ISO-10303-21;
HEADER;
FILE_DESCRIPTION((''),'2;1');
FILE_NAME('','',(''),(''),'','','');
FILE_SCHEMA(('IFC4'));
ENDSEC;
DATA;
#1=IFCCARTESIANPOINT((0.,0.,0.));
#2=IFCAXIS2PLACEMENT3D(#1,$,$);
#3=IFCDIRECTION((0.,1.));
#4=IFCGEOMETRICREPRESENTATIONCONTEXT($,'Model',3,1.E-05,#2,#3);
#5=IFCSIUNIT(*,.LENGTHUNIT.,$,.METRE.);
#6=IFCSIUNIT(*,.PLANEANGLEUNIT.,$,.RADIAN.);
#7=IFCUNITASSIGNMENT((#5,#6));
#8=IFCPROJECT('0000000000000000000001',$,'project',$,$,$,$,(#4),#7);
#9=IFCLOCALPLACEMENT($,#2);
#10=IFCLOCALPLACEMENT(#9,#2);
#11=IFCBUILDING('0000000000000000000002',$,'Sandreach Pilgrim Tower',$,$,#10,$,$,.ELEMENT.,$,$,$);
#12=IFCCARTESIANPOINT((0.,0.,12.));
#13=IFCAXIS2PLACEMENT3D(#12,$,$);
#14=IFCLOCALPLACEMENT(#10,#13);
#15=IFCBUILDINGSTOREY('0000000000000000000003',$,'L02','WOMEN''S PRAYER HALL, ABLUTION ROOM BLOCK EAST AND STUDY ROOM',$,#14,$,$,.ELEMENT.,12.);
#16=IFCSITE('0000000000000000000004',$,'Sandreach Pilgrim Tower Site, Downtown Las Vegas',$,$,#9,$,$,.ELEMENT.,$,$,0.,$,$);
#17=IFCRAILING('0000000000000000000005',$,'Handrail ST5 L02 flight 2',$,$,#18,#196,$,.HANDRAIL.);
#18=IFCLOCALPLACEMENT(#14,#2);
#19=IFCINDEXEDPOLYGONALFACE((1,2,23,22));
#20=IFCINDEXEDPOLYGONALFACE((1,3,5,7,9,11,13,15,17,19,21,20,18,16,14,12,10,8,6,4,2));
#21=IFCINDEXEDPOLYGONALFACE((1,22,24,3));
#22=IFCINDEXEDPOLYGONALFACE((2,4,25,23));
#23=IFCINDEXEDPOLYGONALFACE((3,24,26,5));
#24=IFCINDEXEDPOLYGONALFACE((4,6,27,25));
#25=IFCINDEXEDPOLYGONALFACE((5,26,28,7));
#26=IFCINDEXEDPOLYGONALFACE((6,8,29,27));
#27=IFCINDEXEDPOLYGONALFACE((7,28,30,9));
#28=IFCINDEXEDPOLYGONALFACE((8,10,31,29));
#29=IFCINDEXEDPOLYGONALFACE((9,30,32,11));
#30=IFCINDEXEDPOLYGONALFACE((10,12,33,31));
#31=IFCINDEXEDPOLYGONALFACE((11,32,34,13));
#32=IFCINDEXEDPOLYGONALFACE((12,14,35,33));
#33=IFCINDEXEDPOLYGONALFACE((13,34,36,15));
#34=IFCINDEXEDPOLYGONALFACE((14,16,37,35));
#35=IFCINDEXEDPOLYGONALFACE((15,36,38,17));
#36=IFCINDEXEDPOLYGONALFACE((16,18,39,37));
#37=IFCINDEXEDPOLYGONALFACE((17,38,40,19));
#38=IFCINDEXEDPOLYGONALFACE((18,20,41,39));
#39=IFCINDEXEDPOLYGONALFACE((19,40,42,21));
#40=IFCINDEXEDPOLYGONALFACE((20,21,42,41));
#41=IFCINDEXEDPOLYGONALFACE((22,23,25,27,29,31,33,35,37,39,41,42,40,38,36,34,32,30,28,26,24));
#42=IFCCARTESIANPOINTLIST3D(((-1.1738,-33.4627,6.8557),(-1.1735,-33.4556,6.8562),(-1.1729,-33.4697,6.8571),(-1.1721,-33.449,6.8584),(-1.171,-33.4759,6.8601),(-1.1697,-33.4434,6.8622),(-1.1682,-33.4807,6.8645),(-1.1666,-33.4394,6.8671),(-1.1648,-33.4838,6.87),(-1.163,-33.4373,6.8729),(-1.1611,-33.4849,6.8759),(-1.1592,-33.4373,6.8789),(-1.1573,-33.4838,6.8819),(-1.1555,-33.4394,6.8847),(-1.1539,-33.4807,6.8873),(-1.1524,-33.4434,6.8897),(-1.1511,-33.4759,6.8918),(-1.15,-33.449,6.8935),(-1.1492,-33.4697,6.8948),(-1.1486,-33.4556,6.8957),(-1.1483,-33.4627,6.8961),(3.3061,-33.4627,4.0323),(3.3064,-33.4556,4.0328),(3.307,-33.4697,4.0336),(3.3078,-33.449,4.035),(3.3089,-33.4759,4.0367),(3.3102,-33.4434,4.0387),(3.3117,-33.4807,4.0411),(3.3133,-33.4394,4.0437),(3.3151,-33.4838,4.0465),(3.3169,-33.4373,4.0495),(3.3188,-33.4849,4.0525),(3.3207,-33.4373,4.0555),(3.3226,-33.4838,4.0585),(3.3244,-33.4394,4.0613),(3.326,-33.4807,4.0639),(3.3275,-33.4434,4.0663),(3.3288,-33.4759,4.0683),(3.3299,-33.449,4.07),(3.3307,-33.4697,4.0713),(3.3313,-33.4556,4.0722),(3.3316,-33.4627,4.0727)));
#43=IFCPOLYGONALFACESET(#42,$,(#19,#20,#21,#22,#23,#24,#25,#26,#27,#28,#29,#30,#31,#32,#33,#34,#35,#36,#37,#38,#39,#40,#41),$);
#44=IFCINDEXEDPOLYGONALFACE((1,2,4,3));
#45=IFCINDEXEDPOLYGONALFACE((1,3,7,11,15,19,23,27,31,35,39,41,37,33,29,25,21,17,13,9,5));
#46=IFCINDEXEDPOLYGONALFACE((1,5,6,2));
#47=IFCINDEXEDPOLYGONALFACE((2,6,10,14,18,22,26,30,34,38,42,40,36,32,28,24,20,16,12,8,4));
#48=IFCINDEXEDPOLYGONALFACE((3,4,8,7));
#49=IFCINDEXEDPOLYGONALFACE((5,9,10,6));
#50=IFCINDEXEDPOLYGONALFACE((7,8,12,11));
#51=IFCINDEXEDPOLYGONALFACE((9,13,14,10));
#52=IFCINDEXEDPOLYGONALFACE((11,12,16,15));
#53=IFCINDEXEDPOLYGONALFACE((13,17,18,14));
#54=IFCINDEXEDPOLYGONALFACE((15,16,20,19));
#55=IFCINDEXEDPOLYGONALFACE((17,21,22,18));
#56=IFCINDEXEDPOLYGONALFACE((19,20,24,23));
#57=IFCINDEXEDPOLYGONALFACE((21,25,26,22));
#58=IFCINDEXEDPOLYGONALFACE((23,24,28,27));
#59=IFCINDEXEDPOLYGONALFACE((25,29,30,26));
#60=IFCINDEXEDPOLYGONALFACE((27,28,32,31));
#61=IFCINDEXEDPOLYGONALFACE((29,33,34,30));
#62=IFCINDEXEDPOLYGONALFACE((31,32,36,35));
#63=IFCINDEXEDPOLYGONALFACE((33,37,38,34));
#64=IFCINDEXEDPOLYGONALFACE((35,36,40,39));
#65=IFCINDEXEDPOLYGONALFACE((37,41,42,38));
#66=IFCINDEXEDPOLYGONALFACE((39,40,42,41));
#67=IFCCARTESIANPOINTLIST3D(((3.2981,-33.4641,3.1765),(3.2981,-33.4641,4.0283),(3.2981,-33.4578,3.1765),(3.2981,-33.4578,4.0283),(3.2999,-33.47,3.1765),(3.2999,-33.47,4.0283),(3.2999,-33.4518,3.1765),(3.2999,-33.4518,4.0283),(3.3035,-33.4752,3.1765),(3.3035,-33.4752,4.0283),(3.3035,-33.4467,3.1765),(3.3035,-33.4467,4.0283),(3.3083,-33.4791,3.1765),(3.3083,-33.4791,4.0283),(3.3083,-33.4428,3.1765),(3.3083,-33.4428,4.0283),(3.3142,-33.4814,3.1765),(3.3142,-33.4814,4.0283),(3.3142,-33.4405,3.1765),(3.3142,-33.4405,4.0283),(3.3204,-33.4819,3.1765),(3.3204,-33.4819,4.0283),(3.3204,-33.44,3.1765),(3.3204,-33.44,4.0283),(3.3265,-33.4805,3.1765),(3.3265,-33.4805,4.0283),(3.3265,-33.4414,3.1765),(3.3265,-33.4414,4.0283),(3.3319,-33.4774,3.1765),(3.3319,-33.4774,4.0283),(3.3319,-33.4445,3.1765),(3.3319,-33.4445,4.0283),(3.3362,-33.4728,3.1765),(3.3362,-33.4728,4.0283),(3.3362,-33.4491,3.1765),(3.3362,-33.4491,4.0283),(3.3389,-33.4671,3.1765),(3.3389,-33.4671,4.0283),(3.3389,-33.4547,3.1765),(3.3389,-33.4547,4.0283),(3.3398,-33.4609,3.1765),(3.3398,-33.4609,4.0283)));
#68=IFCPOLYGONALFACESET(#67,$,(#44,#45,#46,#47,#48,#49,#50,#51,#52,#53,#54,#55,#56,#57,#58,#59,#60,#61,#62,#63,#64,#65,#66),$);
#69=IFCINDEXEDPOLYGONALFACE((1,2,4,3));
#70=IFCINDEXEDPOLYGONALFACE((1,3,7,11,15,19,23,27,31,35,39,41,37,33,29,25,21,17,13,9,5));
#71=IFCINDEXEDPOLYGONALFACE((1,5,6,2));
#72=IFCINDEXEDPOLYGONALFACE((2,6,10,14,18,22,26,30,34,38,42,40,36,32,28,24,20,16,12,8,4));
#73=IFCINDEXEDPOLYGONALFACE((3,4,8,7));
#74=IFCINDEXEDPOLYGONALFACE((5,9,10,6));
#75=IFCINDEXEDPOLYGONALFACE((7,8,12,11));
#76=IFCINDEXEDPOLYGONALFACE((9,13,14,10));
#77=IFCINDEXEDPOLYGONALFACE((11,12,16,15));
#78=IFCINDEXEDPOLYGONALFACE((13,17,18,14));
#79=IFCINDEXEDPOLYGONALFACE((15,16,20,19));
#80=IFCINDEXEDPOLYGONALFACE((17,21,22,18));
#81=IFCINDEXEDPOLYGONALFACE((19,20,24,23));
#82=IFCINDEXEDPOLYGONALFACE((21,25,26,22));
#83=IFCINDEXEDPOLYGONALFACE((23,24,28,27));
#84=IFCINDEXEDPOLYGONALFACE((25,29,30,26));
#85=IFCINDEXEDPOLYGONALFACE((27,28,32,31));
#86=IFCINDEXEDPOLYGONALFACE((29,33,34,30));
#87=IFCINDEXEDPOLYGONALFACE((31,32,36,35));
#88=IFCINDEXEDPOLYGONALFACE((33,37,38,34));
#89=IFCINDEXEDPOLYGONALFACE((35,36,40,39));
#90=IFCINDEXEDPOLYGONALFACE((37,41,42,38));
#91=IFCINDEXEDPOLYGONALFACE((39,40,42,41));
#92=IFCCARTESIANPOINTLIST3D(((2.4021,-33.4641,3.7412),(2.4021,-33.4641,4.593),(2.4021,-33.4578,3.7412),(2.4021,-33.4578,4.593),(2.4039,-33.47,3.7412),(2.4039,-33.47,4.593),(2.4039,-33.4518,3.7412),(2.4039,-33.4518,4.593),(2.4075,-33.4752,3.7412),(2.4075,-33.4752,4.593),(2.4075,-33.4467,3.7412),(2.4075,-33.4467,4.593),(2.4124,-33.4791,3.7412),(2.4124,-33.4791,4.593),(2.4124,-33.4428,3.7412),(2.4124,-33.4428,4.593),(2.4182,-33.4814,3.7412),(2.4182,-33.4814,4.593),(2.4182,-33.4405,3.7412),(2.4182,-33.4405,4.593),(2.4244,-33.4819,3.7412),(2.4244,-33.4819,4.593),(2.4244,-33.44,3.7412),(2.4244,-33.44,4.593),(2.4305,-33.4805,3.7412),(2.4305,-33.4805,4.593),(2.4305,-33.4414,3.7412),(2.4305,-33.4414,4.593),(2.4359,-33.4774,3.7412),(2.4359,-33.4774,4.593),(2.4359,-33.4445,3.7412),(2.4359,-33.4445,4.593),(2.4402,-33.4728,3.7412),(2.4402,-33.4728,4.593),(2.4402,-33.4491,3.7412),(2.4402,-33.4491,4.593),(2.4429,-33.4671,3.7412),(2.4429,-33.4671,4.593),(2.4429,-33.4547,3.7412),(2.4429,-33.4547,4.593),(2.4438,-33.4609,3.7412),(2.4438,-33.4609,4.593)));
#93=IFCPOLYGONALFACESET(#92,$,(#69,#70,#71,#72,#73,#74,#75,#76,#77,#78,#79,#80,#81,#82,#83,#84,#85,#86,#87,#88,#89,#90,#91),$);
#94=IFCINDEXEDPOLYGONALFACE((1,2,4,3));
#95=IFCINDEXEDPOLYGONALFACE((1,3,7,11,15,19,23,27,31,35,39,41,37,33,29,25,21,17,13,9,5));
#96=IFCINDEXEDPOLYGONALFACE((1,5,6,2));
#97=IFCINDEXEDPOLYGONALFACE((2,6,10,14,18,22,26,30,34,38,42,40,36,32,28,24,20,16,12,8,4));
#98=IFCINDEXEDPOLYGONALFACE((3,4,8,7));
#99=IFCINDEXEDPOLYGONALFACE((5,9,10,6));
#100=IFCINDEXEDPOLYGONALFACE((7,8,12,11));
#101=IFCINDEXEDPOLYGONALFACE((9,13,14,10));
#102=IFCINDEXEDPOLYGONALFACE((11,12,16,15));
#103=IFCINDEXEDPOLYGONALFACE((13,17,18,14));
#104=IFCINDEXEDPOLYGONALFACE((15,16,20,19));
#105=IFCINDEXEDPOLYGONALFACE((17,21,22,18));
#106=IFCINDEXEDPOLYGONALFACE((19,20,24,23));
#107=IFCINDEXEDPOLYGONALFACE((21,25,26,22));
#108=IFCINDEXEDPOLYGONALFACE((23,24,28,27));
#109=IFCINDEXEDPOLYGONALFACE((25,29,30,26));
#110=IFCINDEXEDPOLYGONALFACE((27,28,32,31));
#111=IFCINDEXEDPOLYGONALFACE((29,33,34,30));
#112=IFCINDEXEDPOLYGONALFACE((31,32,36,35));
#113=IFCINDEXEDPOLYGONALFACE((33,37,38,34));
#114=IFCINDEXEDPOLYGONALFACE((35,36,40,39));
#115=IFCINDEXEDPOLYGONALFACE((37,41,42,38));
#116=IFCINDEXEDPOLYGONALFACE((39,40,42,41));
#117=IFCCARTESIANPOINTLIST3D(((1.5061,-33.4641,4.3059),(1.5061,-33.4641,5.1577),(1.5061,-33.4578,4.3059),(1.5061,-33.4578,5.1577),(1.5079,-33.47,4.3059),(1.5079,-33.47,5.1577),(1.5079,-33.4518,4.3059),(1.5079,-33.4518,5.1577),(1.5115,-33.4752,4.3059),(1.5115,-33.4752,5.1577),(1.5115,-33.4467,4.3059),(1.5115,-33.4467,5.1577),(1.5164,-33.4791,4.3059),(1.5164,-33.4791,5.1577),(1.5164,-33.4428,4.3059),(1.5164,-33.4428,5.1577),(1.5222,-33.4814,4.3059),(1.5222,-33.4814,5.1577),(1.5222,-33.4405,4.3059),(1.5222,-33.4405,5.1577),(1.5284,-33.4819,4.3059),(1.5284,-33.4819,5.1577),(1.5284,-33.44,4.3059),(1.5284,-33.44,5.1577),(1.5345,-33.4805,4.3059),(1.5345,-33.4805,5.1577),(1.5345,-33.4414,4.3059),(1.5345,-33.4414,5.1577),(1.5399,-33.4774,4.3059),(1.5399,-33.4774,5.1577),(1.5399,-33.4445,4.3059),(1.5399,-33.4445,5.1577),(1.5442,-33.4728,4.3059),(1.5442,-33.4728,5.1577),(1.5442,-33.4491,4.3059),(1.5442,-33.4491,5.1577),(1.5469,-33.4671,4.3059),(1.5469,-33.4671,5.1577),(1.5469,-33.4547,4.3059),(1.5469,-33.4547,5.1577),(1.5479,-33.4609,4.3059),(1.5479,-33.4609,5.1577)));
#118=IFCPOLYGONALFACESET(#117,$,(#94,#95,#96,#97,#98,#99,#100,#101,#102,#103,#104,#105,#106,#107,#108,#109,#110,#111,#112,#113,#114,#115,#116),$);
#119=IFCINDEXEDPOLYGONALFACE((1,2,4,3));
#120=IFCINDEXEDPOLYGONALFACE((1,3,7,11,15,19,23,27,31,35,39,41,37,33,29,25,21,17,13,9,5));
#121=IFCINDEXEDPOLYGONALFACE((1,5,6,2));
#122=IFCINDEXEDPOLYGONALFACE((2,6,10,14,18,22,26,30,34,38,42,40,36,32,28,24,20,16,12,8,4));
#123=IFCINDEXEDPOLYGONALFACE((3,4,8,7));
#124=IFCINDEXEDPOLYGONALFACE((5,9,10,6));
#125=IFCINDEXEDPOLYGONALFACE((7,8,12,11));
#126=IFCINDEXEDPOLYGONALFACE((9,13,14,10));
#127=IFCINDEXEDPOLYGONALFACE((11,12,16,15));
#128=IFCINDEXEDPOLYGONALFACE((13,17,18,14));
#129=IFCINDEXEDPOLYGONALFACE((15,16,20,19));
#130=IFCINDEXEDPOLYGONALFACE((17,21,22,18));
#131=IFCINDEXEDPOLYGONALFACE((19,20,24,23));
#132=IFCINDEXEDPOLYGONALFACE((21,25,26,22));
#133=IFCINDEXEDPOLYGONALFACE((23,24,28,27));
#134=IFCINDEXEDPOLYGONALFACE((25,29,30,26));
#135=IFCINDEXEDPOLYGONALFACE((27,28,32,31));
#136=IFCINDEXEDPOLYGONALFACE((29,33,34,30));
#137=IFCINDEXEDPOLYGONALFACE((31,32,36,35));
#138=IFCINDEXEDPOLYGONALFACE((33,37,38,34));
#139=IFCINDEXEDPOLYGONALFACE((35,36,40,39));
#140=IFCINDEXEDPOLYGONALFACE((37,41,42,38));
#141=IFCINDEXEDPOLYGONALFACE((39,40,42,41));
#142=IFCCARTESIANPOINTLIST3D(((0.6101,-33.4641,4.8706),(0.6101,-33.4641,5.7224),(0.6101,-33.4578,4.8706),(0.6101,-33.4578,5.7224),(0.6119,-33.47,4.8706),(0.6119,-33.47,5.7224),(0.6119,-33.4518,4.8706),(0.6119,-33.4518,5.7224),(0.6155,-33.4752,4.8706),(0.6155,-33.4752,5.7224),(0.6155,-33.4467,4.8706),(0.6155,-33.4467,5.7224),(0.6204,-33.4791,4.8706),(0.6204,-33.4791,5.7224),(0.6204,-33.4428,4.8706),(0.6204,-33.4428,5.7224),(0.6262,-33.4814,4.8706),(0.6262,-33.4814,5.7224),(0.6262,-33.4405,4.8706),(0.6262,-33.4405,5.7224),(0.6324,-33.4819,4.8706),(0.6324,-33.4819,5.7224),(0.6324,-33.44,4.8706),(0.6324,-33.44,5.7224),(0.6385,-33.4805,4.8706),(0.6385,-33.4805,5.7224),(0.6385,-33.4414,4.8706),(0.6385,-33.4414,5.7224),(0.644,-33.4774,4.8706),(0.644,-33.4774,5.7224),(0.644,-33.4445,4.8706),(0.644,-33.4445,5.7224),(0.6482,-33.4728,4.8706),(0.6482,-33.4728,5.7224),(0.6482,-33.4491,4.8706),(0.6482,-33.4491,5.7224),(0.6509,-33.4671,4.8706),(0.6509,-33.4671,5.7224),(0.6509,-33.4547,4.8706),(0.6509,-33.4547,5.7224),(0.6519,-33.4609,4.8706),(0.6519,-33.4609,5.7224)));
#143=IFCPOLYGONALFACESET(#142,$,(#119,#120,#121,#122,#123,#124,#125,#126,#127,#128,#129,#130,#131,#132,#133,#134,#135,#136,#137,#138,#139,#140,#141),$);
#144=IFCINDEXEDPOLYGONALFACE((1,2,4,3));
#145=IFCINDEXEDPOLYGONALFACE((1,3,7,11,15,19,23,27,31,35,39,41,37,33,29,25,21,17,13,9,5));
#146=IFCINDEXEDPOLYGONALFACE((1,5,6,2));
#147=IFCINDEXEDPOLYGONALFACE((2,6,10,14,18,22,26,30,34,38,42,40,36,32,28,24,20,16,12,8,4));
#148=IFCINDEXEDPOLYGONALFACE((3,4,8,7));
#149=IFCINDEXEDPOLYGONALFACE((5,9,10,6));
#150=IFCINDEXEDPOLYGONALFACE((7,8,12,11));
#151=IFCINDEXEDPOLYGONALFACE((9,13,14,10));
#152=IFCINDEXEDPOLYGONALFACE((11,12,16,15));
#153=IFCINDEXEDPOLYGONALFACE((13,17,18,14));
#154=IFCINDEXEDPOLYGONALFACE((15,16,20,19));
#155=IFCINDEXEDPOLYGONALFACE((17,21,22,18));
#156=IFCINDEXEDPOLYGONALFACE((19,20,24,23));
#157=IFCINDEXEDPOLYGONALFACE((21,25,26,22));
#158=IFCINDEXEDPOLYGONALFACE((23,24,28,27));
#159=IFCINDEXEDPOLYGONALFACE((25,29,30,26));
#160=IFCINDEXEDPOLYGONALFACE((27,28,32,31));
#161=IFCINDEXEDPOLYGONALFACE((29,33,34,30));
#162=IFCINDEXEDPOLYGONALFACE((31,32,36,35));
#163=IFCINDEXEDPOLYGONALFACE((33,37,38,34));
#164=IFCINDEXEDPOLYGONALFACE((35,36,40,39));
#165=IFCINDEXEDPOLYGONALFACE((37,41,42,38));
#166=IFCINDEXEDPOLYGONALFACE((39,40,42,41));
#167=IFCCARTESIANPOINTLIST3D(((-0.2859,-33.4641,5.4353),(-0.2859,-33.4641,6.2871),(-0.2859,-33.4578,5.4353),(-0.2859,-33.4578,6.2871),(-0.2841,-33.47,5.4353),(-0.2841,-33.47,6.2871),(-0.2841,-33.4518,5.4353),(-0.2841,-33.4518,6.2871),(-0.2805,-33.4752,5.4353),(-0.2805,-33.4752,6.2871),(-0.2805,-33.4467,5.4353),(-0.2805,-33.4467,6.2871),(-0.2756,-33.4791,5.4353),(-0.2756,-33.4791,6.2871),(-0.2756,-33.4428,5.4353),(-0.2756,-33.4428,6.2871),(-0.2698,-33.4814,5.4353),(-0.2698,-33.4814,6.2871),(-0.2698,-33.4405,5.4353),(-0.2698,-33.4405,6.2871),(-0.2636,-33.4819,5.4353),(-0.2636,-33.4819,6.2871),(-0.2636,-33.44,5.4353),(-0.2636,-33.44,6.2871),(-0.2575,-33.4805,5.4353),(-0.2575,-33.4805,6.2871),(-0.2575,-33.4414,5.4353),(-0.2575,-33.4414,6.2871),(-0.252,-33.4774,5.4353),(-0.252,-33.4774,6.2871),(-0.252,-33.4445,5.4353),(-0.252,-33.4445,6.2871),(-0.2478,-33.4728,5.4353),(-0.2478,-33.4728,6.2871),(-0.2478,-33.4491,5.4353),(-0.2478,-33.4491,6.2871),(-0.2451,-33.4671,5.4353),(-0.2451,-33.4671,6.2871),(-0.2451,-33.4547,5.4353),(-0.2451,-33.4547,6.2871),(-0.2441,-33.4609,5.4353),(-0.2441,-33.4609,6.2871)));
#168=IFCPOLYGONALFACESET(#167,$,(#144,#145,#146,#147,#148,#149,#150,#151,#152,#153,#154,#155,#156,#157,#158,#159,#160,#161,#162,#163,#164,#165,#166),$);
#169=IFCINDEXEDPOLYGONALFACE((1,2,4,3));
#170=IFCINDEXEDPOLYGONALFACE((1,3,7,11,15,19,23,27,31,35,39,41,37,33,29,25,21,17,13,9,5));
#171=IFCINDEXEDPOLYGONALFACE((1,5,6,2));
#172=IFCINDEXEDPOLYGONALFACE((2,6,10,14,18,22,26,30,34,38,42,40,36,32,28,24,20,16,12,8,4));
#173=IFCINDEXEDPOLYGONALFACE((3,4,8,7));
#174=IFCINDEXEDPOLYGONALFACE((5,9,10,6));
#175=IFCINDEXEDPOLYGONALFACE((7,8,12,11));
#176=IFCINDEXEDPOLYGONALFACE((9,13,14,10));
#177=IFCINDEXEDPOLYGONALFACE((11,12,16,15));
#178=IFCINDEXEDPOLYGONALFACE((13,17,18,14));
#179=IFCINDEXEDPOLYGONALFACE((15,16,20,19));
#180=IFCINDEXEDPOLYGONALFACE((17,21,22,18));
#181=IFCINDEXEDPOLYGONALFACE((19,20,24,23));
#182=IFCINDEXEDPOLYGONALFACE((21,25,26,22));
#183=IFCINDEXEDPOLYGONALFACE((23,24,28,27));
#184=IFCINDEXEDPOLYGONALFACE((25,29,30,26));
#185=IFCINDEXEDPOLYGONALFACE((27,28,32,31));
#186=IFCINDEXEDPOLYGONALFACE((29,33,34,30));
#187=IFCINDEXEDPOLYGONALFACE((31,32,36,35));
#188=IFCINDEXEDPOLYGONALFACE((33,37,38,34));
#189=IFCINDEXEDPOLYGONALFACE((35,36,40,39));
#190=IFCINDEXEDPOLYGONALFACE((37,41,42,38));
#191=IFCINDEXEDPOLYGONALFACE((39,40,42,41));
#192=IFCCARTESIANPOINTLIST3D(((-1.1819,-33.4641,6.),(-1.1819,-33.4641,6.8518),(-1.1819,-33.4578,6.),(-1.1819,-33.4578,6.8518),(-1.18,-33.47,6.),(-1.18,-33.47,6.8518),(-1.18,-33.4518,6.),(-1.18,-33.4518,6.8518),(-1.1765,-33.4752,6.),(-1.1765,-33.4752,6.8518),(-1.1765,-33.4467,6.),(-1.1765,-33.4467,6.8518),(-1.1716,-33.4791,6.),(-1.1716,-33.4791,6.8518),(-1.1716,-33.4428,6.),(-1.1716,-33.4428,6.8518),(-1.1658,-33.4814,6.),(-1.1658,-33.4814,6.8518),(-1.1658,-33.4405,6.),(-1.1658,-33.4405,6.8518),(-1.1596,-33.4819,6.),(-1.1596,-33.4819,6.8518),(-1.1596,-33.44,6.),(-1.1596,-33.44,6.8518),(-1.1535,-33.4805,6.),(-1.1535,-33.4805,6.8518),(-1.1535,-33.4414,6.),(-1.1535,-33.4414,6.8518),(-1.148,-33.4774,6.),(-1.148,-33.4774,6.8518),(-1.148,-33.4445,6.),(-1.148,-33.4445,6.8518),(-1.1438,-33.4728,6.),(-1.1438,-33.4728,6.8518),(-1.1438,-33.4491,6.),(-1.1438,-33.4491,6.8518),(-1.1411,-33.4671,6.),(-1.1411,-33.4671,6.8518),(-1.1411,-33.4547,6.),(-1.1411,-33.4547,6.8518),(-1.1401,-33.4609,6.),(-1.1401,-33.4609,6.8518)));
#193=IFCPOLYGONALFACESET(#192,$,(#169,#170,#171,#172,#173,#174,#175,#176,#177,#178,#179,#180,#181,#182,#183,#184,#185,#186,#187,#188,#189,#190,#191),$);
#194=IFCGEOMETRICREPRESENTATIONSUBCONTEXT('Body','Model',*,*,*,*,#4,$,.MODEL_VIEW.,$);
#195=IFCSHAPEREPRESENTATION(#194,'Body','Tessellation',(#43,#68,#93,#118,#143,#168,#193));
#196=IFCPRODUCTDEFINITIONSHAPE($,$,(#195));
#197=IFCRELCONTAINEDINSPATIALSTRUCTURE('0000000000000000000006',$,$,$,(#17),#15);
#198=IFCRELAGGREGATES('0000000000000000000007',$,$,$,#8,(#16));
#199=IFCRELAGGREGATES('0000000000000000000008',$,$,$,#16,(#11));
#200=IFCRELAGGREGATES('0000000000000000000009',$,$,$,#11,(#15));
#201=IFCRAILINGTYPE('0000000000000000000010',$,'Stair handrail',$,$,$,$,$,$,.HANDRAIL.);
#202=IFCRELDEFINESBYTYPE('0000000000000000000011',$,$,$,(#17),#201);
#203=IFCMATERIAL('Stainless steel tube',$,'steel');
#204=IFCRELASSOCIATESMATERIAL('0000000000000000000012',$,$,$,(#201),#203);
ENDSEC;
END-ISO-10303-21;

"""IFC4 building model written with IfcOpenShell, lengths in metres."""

from ifc_helpers import new_model, si_unit, direction, frame, origin, origin_2d, place, context, subcontext, project, spatial, circle, extrude, material, type_object, element, save


model = new_model("IFC4")

# Units and contexts
model_context = context("Model", 3, precision=1e-05, world=origin(), true_north=direction((0.0, 1.0)))
body_context = subcontext(model_context, "Body", "Model", "MODEL_VIEW")
ifc_project = project(units=[si_unit("LENGTHUNIT", "METRE"), si_unit("PLANEANGLEUNIT", "RADIAN")], contexts=[model_context])

# Site, building, storey
site_placement = place(None, origin())
site = spatial("IfcSite", under=ifc_project, at=site_placement, Name="Sandreach Pilgrim Tower Site, Downtown Las Vegas", CompositionType="ELEMENT", RefElevation=0.0)
building_placement = place(site_placement, origin())
building = spatial("IfcBuilding", under=site, at=building_placement, Name="Sandreach Pilgrim Tower", CompositionType="ELEMENT")
storey_placement = place(building_placement, frame((0.0, 0.0, 12.0)))
storey = spatial("IfcBuildingStorey", under=building, at=storey_placement, Name="L02", Description="WOMEN'S PRAYER HALL, ABLUTION ROOM BLOCK EAST AND STUDY ROOM", CompositionType="ELEMENT", Elevation=12.0)

# Railing
ifc_material_1 = material(Name="Stainless steel tube", Category="steel")
railing_type = type_object("IfcRailingType", Name="Stair handrail", PredefinedType="HANDRAIL", material=ifc_material_1)
for number, where, name in (
    (1, (3.3188, -33.4609, 3.1765), "Handrail ST5 L02 flight 2"),
):
    element("IfcRailing", number, at=place(storey_placement, frame(where)), inside=storey, type_object=railing_type, Name=name, PredefinedType="HANDRAIL", context=body_context, shape_type="SweptSolid", body=[
        extrude(circle(Radius=0.0239, at=origin_2d()), frame((0.0, 0.0, 0.876), z_axis=(-0.845998, 0.0, 0.533186), x_axis=(0.0, -1.0, 0.0)), (0.0, 0.0, 1.0), 5.2954),
        extrude(circle(Radius=0.021, at=origin_2d()), origin(), (0.0, 0.0, 1.0), 0.8518),
        extrude(circle(Radius=0.021, at=origin_2d()), frame((-0.896, 0.0, 0.5647)), (0.0, 0.0, 1.0), 0.8518),
        extrude(circle(Radius=0.021, at=origin_2d()), frame((-1.792, 0.0, 1.1294)), (0.0, 0.0, 1.0), 0.8518),
        extrude(circle(Radius=0.021, at=origin_2d()), frame((-2.688, 0.0, 1.6941)), (0.0, 0.0, 1.0), 0.8518),
        extrude(circle(Radius=0.021, at=origin_2d()), frame((-3.584, 0.0, 2.2588)), (0.0, 0.0, 1.0), 0.8518),
        extrude(circle(Radius=0.021, at=origin_2d()), frame((-4.48, 0.0, 2.8235)), (0.0, 0.0, 1.0), 0.8518),
    ])

save(model, "model.ifc")
